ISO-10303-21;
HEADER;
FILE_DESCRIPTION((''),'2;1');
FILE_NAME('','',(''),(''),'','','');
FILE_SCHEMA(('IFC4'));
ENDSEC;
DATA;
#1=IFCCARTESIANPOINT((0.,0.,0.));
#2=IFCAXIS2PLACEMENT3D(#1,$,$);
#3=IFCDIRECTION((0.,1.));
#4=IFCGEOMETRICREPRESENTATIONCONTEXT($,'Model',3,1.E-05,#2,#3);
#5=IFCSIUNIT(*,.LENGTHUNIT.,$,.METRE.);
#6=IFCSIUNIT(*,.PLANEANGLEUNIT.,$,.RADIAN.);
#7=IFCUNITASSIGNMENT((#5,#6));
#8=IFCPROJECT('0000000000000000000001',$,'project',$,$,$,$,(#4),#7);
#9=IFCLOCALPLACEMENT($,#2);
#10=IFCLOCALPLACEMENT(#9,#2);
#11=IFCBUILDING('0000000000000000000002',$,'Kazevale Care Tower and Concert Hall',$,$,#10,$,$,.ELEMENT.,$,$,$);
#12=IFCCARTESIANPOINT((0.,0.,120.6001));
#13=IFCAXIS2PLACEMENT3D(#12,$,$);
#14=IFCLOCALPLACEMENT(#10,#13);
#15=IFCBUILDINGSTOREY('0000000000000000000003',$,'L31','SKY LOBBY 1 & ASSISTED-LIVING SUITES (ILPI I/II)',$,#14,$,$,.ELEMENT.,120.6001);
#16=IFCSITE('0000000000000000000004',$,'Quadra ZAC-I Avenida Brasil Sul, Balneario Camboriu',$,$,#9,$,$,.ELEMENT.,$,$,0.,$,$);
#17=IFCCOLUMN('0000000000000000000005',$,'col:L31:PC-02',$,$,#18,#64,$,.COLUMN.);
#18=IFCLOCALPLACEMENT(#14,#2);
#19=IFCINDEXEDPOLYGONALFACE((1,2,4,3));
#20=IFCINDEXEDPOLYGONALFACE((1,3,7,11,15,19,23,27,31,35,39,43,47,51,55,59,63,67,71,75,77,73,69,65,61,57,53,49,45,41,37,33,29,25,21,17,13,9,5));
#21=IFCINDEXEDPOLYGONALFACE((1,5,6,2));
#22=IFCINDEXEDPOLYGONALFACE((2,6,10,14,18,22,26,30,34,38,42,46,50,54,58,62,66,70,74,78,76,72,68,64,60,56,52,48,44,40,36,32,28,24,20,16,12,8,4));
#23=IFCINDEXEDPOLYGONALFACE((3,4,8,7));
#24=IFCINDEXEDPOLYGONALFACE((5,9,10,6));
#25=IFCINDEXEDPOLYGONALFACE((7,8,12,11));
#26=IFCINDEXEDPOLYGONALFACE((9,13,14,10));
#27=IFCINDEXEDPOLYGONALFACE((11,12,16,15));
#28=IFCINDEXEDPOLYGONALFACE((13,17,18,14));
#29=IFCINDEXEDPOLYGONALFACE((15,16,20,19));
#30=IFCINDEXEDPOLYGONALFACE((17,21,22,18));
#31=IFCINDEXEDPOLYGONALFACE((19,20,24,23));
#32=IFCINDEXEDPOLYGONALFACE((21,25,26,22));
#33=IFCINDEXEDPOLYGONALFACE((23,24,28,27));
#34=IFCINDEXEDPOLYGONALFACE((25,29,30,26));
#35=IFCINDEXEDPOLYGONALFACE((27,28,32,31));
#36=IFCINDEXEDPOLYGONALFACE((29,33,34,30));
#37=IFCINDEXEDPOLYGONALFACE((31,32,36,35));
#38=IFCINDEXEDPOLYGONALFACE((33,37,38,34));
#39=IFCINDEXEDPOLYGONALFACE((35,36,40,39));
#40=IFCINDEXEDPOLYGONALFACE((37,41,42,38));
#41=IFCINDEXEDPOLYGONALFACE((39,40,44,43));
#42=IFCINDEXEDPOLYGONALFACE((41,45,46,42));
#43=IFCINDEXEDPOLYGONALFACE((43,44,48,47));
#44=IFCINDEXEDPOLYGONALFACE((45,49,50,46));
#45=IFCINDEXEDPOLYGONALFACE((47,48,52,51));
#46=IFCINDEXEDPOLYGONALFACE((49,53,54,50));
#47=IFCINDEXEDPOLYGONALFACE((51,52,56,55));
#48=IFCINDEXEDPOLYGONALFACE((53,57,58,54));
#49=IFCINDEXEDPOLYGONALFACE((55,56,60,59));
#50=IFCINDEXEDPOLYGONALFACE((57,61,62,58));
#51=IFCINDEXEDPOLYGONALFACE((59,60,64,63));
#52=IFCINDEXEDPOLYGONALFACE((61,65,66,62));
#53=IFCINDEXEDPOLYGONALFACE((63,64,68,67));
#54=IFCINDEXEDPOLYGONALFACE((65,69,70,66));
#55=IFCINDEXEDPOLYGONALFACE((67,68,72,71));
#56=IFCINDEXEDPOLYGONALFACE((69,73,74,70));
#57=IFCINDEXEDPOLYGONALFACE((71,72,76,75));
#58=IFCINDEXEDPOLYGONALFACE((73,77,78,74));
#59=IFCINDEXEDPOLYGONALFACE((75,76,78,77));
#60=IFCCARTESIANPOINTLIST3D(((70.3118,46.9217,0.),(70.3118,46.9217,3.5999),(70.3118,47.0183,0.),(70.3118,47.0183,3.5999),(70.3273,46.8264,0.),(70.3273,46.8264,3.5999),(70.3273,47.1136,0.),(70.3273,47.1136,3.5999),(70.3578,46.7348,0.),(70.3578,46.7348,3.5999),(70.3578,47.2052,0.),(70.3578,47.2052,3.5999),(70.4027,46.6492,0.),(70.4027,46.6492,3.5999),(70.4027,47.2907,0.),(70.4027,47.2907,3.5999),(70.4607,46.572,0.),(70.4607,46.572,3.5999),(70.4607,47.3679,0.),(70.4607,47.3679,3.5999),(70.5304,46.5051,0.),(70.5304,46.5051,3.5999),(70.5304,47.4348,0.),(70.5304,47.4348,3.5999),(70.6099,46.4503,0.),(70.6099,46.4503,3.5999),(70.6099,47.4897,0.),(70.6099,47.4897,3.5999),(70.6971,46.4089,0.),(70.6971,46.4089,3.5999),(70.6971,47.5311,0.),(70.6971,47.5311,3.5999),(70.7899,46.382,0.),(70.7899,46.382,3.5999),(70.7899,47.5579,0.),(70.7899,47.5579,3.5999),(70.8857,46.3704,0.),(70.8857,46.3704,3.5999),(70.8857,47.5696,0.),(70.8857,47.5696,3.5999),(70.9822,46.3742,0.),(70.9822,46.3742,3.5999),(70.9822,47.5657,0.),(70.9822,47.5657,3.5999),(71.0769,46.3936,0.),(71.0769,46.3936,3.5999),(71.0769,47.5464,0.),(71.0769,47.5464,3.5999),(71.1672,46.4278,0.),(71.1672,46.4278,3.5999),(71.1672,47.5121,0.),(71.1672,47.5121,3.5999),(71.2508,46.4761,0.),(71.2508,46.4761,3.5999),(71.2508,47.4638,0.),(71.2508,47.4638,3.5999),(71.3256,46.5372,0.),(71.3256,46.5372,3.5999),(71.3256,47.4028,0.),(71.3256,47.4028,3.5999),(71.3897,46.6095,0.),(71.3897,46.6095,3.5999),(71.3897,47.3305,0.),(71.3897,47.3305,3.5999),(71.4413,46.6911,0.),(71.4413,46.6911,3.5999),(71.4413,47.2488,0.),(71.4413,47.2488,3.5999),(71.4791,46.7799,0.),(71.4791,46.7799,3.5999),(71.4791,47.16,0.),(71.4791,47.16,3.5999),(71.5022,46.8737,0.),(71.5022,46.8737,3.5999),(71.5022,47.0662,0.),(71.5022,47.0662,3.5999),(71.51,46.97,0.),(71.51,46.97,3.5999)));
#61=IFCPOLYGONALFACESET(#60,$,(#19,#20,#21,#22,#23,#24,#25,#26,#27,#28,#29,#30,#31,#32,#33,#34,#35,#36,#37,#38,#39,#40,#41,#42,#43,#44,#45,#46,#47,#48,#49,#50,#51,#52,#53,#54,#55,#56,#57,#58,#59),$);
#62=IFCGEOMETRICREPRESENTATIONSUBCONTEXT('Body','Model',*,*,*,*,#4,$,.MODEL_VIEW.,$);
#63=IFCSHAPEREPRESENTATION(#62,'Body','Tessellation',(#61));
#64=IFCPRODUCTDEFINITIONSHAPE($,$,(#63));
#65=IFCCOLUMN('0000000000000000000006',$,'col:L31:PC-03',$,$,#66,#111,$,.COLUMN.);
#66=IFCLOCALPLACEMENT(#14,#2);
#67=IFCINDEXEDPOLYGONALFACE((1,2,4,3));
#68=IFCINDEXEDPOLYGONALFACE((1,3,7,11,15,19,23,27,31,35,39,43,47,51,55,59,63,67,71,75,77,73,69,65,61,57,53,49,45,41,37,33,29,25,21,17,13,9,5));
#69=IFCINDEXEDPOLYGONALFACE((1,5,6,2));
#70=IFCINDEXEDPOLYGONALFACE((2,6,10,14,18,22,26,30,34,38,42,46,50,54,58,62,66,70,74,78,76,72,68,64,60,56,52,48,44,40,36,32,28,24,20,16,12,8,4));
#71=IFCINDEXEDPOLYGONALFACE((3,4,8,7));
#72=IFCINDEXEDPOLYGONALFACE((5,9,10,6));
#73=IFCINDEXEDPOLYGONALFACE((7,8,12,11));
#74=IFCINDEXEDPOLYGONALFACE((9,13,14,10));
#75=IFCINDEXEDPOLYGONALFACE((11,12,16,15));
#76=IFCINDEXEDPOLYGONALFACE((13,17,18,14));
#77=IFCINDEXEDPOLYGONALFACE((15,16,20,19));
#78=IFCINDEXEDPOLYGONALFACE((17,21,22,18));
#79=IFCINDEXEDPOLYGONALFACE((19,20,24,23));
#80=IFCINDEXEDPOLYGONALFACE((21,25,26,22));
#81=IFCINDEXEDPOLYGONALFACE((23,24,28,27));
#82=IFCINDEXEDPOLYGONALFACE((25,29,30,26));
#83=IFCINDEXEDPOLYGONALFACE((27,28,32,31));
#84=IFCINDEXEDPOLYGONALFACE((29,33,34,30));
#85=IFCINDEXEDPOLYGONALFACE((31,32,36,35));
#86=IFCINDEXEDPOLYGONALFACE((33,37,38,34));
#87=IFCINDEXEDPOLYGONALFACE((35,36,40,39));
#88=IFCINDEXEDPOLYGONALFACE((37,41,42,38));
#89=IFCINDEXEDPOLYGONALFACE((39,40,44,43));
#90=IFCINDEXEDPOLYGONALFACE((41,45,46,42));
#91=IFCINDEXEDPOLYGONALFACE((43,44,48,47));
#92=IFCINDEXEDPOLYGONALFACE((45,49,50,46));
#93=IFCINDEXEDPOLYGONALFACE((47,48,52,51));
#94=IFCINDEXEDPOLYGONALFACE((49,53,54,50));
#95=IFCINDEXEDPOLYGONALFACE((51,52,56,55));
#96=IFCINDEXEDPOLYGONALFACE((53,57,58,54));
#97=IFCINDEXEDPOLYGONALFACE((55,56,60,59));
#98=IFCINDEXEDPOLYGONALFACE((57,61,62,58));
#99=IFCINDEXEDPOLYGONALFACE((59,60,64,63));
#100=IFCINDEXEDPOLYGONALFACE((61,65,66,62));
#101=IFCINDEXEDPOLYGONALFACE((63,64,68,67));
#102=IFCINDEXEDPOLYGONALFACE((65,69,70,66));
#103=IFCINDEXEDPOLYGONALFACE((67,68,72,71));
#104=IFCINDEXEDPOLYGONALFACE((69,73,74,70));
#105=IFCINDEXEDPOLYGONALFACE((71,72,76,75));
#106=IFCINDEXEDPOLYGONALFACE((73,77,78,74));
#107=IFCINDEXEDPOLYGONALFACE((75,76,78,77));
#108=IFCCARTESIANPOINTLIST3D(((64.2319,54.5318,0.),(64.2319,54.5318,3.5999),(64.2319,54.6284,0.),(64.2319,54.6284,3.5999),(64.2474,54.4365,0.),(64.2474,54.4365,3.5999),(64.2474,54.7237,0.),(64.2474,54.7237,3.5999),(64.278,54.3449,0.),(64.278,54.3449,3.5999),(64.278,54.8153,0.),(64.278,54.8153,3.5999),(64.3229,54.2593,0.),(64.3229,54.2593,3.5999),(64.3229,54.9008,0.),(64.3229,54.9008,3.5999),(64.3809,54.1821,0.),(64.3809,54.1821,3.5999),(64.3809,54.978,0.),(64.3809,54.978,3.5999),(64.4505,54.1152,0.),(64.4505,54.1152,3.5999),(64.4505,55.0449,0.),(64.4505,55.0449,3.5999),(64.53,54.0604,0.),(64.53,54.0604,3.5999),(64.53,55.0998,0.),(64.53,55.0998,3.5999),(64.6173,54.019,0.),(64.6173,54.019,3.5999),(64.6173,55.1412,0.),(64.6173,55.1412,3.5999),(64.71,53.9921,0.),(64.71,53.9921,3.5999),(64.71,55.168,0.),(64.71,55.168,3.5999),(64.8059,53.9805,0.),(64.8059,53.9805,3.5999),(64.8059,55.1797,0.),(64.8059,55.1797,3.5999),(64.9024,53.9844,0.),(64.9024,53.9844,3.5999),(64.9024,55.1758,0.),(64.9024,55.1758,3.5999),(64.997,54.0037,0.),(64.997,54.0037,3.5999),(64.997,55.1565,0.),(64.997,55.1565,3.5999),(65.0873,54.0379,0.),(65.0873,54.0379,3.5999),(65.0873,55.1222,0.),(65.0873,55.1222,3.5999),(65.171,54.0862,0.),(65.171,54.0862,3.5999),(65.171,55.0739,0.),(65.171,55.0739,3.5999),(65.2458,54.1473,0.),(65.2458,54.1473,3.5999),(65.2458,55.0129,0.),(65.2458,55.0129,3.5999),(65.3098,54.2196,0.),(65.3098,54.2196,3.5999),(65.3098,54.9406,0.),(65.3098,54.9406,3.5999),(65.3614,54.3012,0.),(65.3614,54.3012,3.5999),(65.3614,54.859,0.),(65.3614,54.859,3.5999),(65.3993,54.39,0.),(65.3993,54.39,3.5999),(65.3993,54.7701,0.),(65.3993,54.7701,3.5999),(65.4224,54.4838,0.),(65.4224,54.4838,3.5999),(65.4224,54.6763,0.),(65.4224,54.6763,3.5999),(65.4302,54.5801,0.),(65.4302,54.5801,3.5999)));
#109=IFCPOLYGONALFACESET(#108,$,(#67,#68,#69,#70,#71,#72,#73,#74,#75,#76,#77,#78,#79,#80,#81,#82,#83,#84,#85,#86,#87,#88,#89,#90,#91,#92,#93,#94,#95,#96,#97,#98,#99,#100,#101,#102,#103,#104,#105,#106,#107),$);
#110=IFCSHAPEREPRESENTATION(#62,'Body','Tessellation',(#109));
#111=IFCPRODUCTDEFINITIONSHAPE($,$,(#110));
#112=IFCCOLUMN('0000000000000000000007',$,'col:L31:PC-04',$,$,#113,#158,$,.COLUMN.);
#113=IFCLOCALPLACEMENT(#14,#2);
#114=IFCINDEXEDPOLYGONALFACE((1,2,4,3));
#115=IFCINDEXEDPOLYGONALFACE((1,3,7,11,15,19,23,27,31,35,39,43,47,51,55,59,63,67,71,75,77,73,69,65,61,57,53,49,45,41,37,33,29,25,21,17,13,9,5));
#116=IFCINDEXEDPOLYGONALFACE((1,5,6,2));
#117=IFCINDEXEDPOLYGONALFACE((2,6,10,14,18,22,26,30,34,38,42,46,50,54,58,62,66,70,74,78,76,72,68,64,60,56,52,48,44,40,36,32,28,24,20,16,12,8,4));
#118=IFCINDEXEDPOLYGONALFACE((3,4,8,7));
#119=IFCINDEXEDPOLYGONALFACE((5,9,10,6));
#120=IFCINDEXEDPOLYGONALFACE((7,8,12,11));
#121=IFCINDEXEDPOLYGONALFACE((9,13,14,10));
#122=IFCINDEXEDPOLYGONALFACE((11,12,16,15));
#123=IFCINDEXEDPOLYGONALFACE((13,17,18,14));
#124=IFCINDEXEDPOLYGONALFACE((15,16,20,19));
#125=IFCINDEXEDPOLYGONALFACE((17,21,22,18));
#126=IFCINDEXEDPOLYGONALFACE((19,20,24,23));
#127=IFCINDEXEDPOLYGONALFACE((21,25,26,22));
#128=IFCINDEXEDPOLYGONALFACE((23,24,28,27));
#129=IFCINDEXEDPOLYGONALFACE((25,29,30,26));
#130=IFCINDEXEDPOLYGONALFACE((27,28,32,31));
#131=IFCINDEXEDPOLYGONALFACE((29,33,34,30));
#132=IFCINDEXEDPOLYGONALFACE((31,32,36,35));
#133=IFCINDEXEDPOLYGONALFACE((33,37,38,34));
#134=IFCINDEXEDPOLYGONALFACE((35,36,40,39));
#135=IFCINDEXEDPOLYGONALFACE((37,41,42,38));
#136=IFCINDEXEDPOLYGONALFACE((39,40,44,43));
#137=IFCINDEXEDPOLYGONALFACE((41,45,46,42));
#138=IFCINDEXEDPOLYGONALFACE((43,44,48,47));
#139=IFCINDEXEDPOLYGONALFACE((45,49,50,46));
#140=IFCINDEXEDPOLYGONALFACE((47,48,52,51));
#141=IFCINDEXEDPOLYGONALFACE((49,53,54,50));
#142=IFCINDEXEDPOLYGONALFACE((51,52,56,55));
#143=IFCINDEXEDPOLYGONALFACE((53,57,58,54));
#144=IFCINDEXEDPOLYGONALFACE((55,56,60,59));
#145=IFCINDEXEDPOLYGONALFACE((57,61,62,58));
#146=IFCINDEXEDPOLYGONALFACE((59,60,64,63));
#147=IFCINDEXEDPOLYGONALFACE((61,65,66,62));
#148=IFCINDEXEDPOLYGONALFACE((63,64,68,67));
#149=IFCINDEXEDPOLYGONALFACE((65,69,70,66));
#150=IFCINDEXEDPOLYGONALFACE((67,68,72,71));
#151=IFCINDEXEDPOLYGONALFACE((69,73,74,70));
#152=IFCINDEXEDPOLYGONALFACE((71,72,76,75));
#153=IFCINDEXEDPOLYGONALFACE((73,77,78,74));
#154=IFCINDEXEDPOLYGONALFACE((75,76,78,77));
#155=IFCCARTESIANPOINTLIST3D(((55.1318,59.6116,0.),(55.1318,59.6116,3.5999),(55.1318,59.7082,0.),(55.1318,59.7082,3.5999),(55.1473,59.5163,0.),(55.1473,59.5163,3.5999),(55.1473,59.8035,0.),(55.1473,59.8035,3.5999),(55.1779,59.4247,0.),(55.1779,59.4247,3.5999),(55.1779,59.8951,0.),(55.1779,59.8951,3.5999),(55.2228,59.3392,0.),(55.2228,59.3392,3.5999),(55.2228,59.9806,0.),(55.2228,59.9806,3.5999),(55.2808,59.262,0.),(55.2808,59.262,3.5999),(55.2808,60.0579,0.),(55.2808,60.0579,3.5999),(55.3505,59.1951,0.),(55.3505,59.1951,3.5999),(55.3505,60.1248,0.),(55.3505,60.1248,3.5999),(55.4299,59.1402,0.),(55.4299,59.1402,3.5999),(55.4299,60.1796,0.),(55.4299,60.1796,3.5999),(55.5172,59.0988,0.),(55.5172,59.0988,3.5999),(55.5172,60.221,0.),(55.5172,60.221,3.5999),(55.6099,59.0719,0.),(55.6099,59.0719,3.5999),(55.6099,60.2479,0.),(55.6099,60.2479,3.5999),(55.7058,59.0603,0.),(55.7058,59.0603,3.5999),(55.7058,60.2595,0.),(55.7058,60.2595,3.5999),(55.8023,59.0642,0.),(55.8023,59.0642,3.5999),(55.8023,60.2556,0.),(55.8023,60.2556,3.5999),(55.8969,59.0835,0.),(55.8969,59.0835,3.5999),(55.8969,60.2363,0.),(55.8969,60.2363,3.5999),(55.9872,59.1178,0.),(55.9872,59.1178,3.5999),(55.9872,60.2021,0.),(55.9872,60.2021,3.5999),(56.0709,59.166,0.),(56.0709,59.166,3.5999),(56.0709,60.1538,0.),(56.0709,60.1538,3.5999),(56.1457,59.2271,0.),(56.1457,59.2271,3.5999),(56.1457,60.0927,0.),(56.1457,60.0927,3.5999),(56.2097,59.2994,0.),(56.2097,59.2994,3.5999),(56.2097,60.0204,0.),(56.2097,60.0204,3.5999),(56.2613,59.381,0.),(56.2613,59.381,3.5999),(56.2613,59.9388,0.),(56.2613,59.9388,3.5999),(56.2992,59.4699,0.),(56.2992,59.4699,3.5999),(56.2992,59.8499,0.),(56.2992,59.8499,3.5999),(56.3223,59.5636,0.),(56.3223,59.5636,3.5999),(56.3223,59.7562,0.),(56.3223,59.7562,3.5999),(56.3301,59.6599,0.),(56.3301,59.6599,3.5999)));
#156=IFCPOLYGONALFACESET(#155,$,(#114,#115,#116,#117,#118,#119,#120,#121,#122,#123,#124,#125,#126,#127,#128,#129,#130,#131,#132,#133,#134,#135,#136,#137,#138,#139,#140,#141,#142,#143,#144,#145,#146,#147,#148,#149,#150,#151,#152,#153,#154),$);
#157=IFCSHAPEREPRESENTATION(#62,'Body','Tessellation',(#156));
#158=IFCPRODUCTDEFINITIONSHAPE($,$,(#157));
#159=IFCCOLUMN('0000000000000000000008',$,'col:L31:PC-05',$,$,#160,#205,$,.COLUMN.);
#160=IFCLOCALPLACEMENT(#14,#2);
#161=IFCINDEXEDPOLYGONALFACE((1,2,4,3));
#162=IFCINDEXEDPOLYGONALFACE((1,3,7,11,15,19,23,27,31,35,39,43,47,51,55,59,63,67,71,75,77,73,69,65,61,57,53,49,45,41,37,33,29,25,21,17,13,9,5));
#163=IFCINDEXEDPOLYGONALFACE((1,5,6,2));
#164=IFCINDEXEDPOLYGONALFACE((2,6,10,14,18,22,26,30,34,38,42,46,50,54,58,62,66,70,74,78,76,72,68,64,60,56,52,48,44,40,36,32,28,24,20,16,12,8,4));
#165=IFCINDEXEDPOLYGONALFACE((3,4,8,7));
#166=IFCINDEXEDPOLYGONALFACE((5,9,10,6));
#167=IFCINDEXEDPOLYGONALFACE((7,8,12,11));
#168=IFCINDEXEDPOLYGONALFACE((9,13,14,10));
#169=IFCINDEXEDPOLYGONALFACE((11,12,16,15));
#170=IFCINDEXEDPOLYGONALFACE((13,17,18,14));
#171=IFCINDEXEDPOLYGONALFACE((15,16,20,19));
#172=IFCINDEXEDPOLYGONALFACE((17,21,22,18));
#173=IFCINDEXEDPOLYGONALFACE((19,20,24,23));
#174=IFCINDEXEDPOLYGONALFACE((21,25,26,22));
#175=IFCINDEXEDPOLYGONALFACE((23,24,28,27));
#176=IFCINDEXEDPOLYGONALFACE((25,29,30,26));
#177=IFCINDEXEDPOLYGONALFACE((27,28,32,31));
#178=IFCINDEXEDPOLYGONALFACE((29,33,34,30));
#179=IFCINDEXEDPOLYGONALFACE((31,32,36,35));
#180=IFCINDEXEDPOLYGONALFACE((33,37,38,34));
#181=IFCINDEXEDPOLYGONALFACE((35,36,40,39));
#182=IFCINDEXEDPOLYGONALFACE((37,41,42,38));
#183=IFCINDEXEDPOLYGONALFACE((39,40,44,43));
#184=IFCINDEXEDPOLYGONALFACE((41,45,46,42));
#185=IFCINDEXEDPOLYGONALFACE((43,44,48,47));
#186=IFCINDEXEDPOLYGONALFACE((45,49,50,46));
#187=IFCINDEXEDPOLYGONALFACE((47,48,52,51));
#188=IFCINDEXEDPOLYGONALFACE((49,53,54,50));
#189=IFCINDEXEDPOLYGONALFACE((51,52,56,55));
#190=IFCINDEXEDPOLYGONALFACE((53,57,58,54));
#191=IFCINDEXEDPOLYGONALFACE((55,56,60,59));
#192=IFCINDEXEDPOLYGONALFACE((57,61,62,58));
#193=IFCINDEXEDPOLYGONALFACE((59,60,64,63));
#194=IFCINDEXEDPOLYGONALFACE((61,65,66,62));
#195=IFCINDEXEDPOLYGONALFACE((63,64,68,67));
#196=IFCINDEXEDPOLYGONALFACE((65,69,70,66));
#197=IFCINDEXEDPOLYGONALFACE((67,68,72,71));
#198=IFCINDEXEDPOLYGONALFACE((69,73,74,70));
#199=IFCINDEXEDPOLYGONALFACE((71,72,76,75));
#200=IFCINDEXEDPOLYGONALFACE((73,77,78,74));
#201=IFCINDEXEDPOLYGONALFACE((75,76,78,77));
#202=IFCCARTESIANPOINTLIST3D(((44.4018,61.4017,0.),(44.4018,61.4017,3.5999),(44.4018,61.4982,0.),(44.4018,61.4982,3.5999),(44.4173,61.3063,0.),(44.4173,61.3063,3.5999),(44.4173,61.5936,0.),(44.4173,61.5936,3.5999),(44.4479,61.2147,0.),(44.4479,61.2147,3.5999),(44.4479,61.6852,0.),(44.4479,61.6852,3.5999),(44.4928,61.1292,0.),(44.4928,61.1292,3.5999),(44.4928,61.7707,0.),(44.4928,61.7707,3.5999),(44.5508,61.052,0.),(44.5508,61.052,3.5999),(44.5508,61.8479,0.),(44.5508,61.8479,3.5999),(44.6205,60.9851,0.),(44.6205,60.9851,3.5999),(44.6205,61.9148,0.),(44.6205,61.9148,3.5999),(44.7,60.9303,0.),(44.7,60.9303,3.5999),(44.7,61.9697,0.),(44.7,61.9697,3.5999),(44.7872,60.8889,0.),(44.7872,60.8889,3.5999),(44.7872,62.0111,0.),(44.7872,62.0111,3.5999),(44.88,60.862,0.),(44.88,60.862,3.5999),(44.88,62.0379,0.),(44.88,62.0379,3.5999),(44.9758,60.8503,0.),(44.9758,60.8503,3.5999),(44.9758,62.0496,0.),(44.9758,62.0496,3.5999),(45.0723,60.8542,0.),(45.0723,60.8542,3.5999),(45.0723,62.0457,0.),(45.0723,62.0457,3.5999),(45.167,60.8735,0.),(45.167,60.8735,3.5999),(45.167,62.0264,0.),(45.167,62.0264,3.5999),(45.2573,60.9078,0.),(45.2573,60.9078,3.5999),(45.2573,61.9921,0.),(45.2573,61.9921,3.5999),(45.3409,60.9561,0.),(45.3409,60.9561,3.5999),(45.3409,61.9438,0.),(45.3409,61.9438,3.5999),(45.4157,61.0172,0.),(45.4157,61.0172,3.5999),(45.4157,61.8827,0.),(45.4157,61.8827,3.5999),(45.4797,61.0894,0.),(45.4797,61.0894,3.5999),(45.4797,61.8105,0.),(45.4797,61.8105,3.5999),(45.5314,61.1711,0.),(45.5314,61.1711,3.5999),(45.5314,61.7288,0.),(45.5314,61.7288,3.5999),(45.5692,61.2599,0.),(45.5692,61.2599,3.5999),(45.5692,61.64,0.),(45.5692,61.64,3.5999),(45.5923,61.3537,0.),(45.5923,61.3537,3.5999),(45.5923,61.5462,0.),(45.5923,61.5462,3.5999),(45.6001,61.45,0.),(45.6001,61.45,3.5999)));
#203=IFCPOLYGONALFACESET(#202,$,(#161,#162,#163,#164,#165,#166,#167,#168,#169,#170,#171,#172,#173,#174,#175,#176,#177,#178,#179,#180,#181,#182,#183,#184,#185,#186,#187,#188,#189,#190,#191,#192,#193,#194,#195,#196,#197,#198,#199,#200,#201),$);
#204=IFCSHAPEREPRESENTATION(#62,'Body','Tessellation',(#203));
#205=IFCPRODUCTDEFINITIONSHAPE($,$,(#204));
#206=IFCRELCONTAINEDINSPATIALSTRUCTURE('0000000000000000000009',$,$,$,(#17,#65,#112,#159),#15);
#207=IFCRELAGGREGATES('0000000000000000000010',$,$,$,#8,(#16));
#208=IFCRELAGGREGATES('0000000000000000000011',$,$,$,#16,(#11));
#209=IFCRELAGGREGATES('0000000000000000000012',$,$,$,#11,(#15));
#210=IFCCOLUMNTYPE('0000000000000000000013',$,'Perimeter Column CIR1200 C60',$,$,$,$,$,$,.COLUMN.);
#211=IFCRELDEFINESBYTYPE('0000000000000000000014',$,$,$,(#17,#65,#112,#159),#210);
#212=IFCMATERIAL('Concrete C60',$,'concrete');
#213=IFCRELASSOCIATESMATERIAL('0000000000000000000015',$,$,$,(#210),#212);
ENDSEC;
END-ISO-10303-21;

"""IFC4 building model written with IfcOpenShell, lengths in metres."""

from ifc_helpers import new_model, si_unit, direction, frame, origin, origin_2d, place, context, subcontext, project, spatial, circle, extrude, material, material_profile, profile_set, type_object, element, save


model = new_model("IFC4")

# Units and contexts
model_context = context("Model", 3, precision=1e-05, world=origin(), true_north=direction((0.0, 1.0)))
body_context = subcontext(model_context, "Body", "Model", "MODEL_VIEW")
ifc_project = project(units=[si_unit("LENGTHUNIT", "METRE"), si_unit("PLANEANGLEUNIT", "RADIAN")], contexts=[model_context])

# Site, building, storey
site_placement = place(None, origin())
site = spatial("IfcSite", under=ifc_project, at=site_placement, Name="Quadra ZAC-I Avenida Brasil Sul, Balneario Camboriu", CompositionType="ELEMENT", RefElevation=0.0)
building_placement = place(site_placement, origin())
building = spatial("IfcBuilding", under=site, at=building_placement, Name="Kazevale Care Tower and Concert Hall", CompositionType="ELEMENT")
storey_placement = place(building_placement, frame((0.0, 0.0, 120.6001)))
storey = spatial("IfcBuildingStorey", under=building, at=storey_placement, Name="L31", Description="SKY LOBBY 1 & ASSISTED-LIVING SUITES (ILPI I/II)", CompositionType="ELEMENT", Elevation=120.6001)

# Columns
ifc_material_1 = material(Name="Concrete C60", Category="concrete")
ifc_material_profile_1 = material_profile(ifc_material_1, circle(Radius=0.6001, at=origin_2d()), Name="RC-CIR1200")
ifc_profile_set_1 = profile_set([ifc_material_profile_1], Name="Concrete C60")
column_type = type_object("IfcColumnType", Name="Perimeter Column CIR1200 C60", PredefinedType="COLUMN", material=ifc_profile_set_1)
for number, where, z_axis, x_axis, name in (
    (1, (70.9099, 46.97, 0.0), (0.0, 0.0, 1.0), (1.0, 0.0, 0.0), "col:L31:PC-02"),
    (2, (64.8301, 54.5801, 0.0), (0.0, 0.0, 1.0), (1.0, 0.0, 0.0), "col:L31:PC-03"),
    (3, (55.73, 59.6599, 0.0), (0.0, 0.0, 1.0), (1.0, 0.0, 0.0), "col:L31:PC-04"),
    (4, (45.0, 61.45, 0.0), (0.0, 0.0, 1.0), (1.0, 0.0, 0.0), "col:L31:PC-05"),
):
    element("IfcColumn", number, at=place(storey_placement, frame(where, z_axis=z_axis, x_axis=x_axis)), inside=storey, type_object=column_type, Name=name, PredefinedType="COLUMN", context=body_context, shape_type="SweptSolid", body=[
        extrude(circle(Radius=0.6001, at=origin_2d()), origin(), (0.0, 0.0, 1.0), 3.5999),
    ])

save(model, "model.ifc")
